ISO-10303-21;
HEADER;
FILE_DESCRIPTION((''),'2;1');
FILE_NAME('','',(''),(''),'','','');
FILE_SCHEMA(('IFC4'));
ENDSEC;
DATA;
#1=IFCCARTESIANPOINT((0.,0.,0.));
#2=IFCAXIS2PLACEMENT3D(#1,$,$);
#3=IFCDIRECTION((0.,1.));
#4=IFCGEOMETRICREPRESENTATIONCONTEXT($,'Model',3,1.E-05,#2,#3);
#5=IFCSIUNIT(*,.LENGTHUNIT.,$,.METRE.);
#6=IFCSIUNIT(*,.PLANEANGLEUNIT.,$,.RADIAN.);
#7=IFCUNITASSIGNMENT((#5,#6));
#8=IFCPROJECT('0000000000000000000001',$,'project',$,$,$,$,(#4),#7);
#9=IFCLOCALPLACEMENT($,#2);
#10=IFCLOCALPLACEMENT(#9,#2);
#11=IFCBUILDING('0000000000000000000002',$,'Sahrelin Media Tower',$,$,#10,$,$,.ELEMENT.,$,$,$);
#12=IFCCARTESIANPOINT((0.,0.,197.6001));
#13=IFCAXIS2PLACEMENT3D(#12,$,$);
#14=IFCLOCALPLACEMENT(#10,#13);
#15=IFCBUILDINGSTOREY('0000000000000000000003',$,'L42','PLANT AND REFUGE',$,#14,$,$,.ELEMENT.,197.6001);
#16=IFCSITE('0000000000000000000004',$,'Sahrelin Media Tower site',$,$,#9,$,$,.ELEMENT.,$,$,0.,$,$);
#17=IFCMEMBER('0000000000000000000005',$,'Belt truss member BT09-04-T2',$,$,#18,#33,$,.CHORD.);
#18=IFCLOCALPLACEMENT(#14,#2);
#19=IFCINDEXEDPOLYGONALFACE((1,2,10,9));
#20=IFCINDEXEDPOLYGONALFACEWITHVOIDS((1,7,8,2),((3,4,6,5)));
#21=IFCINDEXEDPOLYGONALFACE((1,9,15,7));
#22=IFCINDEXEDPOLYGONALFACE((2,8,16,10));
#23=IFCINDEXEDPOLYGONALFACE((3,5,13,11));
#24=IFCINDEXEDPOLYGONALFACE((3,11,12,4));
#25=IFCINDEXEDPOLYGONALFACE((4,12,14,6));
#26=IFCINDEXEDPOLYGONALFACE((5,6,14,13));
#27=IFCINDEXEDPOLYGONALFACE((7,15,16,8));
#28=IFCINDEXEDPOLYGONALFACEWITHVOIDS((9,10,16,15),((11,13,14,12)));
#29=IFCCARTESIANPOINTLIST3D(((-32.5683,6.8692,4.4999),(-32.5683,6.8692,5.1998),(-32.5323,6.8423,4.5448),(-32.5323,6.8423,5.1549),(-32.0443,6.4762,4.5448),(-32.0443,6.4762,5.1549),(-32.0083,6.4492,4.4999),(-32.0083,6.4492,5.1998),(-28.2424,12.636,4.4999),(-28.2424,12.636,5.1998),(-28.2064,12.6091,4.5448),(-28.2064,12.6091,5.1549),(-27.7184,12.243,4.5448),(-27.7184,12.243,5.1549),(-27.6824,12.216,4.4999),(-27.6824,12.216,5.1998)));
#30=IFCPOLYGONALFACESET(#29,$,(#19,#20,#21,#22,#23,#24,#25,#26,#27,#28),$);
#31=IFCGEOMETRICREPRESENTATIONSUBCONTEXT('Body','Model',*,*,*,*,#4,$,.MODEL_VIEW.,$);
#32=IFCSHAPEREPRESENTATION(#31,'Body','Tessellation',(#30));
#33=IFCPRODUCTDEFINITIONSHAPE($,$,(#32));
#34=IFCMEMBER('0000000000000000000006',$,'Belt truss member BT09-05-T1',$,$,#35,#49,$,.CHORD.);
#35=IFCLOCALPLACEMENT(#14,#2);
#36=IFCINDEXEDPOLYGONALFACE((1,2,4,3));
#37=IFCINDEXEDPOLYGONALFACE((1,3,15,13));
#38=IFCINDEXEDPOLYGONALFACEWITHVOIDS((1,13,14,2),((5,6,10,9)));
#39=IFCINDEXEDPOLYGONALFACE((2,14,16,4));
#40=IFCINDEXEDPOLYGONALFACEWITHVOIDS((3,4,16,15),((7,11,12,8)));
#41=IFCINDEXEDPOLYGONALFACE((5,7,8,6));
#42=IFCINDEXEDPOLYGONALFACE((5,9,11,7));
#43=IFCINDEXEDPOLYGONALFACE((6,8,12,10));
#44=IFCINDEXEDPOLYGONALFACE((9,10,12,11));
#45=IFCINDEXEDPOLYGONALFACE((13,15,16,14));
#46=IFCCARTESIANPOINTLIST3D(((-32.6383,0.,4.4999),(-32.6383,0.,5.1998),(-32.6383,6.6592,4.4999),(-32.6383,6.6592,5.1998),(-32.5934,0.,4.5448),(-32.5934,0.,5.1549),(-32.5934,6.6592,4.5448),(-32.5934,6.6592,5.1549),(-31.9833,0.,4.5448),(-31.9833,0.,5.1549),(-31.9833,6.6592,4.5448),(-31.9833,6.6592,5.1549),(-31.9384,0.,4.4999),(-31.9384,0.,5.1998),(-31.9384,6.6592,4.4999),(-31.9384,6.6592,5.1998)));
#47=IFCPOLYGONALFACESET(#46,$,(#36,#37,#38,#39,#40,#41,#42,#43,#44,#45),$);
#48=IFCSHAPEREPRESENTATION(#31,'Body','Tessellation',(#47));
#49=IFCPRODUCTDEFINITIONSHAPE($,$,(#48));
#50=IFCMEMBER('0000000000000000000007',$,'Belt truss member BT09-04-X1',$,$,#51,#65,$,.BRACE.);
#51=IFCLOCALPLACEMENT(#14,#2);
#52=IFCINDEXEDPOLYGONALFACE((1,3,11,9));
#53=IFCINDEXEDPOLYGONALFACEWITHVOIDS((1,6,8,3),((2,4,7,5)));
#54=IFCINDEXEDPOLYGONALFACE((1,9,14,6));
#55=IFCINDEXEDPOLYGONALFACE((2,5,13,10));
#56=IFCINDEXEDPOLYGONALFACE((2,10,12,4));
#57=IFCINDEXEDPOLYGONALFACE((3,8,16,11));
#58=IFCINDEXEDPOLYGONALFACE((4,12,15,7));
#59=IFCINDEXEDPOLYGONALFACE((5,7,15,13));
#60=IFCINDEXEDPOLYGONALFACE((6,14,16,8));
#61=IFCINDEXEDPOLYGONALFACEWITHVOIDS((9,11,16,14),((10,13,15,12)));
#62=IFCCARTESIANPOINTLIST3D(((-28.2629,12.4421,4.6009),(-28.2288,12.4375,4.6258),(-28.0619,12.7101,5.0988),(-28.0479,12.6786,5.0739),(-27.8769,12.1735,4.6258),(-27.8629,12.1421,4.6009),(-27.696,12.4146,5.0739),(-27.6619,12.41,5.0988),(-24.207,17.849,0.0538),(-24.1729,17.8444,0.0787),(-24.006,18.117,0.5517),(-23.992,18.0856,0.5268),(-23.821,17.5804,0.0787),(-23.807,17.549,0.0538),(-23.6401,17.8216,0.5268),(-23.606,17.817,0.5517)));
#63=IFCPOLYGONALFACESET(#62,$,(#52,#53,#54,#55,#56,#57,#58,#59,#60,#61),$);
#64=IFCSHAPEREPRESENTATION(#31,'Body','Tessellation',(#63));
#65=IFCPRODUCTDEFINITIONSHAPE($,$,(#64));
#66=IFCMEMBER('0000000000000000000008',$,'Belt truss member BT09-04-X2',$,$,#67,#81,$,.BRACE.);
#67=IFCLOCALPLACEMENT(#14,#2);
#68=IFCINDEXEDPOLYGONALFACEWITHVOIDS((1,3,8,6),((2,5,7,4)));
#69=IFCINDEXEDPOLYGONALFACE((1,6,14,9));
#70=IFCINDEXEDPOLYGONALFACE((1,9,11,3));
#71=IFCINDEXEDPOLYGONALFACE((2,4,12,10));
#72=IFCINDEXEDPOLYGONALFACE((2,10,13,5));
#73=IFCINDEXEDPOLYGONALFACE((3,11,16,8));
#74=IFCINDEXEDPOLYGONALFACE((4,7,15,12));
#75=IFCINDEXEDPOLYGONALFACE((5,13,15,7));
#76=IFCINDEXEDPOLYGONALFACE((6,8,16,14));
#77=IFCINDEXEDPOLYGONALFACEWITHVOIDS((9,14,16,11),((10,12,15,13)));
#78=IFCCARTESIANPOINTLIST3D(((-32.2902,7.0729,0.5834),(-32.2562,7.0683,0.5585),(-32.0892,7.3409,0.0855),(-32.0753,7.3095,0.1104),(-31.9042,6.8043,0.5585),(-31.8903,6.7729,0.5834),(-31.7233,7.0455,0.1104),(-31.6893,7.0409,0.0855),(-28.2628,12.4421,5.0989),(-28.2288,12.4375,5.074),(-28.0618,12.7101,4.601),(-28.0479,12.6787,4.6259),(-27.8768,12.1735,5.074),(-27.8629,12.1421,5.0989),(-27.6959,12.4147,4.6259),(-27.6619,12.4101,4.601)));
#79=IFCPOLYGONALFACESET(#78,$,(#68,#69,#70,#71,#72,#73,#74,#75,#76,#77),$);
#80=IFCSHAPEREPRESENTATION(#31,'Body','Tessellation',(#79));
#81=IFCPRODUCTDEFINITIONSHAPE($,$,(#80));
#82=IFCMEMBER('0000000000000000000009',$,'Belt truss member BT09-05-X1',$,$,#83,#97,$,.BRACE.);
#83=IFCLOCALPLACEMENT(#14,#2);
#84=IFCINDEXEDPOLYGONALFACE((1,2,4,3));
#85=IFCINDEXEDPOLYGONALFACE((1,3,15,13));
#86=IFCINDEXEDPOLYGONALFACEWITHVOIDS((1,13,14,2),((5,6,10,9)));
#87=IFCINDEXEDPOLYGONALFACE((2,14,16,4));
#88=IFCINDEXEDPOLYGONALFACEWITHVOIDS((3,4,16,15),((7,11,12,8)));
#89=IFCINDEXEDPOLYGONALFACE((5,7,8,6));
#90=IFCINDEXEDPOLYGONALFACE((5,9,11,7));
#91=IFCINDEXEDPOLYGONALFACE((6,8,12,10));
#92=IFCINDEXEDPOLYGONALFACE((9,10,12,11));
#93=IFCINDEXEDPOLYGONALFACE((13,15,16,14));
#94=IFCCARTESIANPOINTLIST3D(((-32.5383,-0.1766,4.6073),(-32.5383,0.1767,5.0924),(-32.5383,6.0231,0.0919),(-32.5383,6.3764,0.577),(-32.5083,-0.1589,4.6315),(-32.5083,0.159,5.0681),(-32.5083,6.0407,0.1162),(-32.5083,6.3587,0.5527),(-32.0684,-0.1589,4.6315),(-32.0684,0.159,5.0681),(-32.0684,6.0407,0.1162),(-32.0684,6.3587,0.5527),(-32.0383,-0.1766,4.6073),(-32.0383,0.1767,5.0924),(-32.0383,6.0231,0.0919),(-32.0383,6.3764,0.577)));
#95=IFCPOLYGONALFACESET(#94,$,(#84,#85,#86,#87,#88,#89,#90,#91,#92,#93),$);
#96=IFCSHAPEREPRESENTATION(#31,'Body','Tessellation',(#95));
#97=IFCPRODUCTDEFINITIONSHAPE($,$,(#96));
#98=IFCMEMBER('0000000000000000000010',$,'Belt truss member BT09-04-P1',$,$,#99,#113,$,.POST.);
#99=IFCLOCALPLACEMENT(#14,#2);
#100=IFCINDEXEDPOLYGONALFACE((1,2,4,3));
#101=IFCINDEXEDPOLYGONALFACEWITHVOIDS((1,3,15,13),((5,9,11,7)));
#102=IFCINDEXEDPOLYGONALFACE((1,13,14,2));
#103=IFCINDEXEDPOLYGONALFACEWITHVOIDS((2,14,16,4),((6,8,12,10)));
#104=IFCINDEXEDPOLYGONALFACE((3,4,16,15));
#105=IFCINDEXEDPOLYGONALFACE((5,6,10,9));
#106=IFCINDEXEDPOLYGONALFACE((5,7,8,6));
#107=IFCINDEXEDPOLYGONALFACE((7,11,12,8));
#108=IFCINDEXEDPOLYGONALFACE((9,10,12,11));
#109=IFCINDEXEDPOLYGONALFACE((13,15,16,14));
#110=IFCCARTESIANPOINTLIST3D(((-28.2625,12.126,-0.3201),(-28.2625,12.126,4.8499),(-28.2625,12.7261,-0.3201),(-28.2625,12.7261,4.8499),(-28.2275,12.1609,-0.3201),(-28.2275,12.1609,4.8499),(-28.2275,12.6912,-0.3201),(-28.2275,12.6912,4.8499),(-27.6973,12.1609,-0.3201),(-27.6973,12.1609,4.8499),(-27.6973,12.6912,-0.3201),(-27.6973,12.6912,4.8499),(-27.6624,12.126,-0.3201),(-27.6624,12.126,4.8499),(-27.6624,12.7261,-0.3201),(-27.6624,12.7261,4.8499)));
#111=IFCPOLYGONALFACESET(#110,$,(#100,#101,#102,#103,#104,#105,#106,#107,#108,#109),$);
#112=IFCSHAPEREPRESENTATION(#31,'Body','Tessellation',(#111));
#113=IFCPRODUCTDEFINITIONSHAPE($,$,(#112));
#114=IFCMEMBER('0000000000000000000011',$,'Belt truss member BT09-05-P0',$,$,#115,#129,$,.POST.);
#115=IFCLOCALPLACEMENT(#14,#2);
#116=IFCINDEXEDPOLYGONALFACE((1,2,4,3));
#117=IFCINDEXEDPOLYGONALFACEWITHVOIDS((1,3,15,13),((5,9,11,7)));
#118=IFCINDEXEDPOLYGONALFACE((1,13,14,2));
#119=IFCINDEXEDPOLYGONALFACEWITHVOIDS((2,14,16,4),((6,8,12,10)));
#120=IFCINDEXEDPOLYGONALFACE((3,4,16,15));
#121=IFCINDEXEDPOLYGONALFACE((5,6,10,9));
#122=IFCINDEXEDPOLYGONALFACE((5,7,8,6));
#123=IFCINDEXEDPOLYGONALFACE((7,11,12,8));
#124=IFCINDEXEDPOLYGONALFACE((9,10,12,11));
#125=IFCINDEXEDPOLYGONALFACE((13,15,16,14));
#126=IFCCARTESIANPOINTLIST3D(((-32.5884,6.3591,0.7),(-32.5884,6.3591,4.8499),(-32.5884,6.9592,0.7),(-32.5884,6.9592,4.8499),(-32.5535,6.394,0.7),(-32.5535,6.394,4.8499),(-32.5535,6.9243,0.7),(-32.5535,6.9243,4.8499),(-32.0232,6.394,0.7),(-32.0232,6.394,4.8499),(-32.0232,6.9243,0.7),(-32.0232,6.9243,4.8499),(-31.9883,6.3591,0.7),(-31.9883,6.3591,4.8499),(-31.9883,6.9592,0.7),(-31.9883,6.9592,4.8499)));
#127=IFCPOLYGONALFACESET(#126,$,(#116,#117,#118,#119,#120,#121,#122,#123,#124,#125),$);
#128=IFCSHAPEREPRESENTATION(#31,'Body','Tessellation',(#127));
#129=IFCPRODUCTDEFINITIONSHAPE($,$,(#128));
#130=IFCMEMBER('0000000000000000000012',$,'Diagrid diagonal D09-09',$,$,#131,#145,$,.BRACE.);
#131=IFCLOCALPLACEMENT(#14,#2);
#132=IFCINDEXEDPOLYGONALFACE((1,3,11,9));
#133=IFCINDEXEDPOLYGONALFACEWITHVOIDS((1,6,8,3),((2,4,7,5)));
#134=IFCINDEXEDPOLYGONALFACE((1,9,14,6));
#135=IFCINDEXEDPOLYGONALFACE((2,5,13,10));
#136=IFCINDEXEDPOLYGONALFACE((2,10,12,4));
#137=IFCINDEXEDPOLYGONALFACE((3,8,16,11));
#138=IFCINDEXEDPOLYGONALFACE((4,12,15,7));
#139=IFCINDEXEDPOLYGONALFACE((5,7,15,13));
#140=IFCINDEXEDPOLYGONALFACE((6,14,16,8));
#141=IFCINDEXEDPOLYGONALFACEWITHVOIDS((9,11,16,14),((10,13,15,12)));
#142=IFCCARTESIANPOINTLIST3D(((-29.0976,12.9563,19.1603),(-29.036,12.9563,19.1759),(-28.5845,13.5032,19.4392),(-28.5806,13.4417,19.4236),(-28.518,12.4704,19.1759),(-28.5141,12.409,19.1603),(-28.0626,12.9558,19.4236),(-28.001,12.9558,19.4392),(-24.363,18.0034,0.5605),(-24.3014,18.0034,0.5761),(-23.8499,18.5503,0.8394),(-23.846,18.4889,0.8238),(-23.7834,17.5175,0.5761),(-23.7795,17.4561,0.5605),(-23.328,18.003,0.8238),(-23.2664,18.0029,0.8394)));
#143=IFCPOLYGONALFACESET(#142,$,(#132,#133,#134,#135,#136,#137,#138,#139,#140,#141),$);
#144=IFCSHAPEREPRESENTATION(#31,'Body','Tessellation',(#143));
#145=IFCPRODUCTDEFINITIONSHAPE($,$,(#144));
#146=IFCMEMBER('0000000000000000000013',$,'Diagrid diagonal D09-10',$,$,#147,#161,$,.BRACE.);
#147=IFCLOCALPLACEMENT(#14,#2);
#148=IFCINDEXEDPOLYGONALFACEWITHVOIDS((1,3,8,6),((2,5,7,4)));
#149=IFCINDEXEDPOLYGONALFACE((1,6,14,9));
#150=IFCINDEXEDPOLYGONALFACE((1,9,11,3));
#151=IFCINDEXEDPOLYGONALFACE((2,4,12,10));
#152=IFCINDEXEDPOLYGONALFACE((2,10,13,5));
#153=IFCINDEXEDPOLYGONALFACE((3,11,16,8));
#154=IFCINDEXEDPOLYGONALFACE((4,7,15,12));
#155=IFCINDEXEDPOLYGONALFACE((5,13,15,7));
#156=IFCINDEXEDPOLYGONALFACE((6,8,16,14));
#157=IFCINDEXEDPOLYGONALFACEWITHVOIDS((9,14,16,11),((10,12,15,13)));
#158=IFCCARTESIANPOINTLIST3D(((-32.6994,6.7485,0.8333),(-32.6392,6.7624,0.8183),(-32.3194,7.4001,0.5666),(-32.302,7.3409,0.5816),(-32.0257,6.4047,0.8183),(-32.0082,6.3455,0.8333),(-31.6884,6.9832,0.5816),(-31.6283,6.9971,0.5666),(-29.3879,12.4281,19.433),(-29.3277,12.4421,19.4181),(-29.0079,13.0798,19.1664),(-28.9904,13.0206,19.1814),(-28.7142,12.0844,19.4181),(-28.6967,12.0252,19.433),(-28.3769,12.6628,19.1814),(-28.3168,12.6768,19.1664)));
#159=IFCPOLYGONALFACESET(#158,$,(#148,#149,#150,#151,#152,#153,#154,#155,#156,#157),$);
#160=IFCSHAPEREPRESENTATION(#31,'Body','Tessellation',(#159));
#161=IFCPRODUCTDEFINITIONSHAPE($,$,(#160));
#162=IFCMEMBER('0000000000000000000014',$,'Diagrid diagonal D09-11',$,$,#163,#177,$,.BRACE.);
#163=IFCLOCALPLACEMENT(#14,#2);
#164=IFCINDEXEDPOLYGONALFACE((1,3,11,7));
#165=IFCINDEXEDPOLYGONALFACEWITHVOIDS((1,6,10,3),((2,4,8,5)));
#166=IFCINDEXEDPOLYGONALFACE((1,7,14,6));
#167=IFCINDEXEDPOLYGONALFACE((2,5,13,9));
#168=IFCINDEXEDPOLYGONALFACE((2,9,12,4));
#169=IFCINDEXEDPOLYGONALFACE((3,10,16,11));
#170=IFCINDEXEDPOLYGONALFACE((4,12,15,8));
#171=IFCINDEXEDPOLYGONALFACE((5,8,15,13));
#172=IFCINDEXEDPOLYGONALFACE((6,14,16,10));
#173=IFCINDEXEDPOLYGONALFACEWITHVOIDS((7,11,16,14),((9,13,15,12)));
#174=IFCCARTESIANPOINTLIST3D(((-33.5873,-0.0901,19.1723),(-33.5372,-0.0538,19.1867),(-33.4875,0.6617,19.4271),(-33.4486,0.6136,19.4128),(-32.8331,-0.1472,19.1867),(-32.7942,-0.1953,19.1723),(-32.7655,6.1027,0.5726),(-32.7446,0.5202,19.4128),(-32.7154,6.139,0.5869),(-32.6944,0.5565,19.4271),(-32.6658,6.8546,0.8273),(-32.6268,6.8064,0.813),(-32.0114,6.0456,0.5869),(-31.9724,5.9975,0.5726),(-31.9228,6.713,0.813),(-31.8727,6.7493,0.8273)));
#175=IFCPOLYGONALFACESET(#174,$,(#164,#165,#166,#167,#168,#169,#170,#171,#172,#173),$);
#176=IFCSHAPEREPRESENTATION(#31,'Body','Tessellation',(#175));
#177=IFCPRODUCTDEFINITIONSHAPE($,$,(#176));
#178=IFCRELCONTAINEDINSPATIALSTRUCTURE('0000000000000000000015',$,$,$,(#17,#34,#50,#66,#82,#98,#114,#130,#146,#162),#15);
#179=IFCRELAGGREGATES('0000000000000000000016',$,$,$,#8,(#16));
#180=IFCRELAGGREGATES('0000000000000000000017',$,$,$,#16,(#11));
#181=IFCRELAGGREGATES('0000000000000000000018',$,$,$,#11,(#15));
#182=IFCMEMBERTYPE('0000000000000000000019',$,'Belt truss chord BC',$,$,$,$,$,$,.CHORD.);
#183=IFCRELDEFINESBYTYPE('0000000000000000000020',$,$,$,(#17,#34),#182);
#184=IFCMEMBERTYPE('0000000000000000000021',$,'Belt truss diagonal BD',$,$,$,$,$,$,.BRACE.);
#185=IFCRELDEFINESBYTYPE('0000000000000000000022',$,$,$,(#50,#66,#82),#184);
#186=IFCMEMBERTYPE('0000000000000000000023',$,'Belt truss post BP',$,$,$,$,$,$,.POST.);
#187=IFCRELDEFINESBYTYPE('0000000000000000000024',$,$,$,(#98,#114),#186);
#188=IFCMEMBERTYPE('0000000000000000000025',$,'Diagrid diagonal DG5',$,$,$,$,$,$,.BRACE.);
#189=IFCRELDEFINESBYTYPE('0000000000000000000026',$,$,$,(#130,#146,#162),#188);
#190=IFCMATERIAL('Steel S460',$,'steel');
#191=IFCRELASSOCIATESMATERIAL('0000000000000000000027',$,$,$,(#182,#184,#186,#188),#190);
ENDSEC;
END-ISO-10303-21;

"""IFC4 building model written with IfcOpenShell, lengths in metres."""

from ifc_helpers import new_model, si_unit, direction, frame, origin, origin_2d, place, context, subcontext, project, spatial, hollow_rectangle, extrude, material, material_profile, profile_set, type_object, element, save


model = new_model("IFC4")

# Units and contexts
model_context = context("Model", 3, precision=1e-05, world=origin(), true_north=direction((0.0, 1.0)))
body_context = subcontext(model_context, "Body", "Model", "MODEL_VIEW")
ifc_project = project(units=[si_unit("LENGTHUNIT", "METRE"), si_unit("PLANEANGLEUNIT", "RADIAN")], contexts=[model_context])

# Site, building, storey
site_placement = place(None, origin())
site = spatial("IfcSite", under=ifc_project, at=site_placement, Name="Sahrelin Media Tower site", CompositionType="ELEMENT", RefElevation=0.0)
building_placement = place(site_placement, origin())
building = spatial("IfcBuilding", under=site, at=building_placement, Name="Sahrelin Media Tower", CompositionType="ELEMENT")
storey_placement = place(building_placement, frame((0.0, 0.0, 197.6001)))
storey = spatial("IfcBuildingStorey", under=building, at=storey_placement, Name="L42", Description="PLANT AND REFUGE", CompositionType="ELEMENT", Elevation=197.6001)

# Members
ifc_material_1 = material(Name="Steel S460", Category="steel")
ifc_material_profile_1 = material_profile(ifc_material_1, hollow_rectangle(XDim=0.7, YDim=0.7, WallThickness=0.0449, at=origin_2d()), Name="Belt truss chord BC")
ifc_profile_set_1 = profile_set([ifc_material_profile_1], Name="Steel S460")
member_type_1 = type_object("IfcMemberType", Name="Belt truss chord BC", PredefinedType="CHORD", material=ifc_profile_set_1)
member_1_placement = place(storey_placement, frame((-27.9624, 12.426, 4.8499), z_axis=(-0.60007, -0.799947, 0.0), x_axis=(0.799947, -0.60007, 0.0)))
element("IfcMember", 1, at=member_1_placement, inside=storey, type_object=member_type_1, Name="Belt truss member BT09-04-T2", PredefinedType="CHORD", context=body_context, shape_type="SweptSolid", body=[
    extrude(hollow_rectangle(XDim=0.7, YDim=0.7, WallThickness=0.0449, at=origin_2d()), origin(), (0.0, 0.0, 1.0), 7.209),
])
member_2_placement = place(storey_placement, frame((-32.2883, 6.6592, 4.8499), z_axis=(0.0, -1.0, 0.0), x_axis=(1.0, 0.0, 0.0)))
element("IfcMember", 2, at=member_2_placement, inside=storey, type_object=member_type_1, Name="Belt truss member BT09-05-T1", PredefinedType="CHORD", context=body_context, shape_type="SweptSolid", body=[
    extrude(hollow_rectangle(XDim=0.7, YDim=0.7, WallThickness=0.0449, at=origin_2d()), origin(), (0.0, 0.0, 1.0), 6.6592),
])
ifc_material_profile_2 = material_profile(ifc_material_1, hollow_rectangle(XDim=0.5, YDim=0.6001, WallThickness=0.03, at=origin_2d()), Name="Belt truss diagonal BD")
ifc_profile_set_2 = profile_set([ifc_material_profile_2], Name="Steel S460")
member_type_2 = type_object("IfcMemberType", Name="Belt truss diagonal BD", PredefinedType="BRACE", material=ifc_profile_set_2)
member_3_placement = place(storey_placement, frame((-23.9065, 17.833, 0.3027), z_axis=(-0.497884, -0.663735, 0.558182), x_axis=(0.799952, -0.600064, 0.0)))
element("IfcMember", 3, at=member_3_placement, inside=storey, type_object=member_type_2, Name="Belt truss member BT09-04-X1", PredefinedType="BRACE", context=body_context, shape_type="SweptSolid", body=[
    extrude(hollow_rectangle(XDim=0.5, YDim=0.6001, WallThickness=0.03, at=origin_2d()), origin(), (0.0, 0.0, 1.0), 8.1462),
])
member_4_placement = place(storey_placement, frame((-31.9897, 7.0569, 0.3345), z_axis=(0.497864, 0.663738, 0.558196), x_axis=(-0.799965, 0.600047, 0.0)))
element("IfcMember", 4, at=member_4_placement, inside=storey, type_object=member_type_2, Name="Belt truss member BT09-04-X2", PredefinedType="BRACE", context=body_context, shape_type="SweptSolid", body=[
    extrude(hollow_rectangle(XDim=0.5, YDim=0.6001, WallThickness=0.03, at=origin_2d()), origin(), (0.0, 0.0, 1.0), 8.0894),
])
member_5_placement = place(storey_placement, frame((-32.2883, 6.1997, 0.3345), z_axis=(0.0, -0.808333, 0.588726), x_axis=(1.0, 0.0, 0.0)))
element("IfcMember", 5, at=member_5_placement, inside=storey, type_object=member_type_2, Name="Belt truss member BT09-05-X1", PredefinedType="BRACE", context=body_context, shape_type="SweptSolid", body=[
    extrude(hollow_rectangle(XDim=0.5, YDim=0.6001, WallThickness=0.03, at=origin_2d()), origin(), (0.0, 0.0, 1.0), 7.6697),
])
ifc_material_profile_3 = material_profile(ifc_material_1, hollow_rectangle(XDim=0.6001, YDim=0.6001, WallThickness=0.0349, at=origin_2d()), Name="Belt truss post BP")
ifc_profile_set_3 = profile_set([ifc_material_profile_3], Name="Steel S460")
member_type_3 = type_object("IfcMemberType", Name="Belt truss post BP", PredefinedType="POST", material=ifc_profile_set_3)
member_6_placement = place(storey_placement, frame((-27.9624, 12.426, -0.3201), z_axis=(0.0, 0.0, 1.0), x_axis=(1.0, 0.0, 0.0)))
element("IfcMember", 6, at=member_6_placement, inside=storey, type_object=member_type_3, Name="Belt truss member BT09-04-P1", PredefinedType="POST", context=body_context, shape_type="SweptSolid", body=[
    extrude(hollow_rectangle(XDim=0.6001, YDim=0.6001, WallThickness=0.0349, at=origin_2d()), origin(), (0.0, 0.0, 1.0), 5.1699),
])
member_7_placement = place(storey_placement, frame((-32.2883, 6.6592, 0.7), z_axis=(0.0, 0.0, 1.0), x_axis=(1.0, 0.0, 0.0)))
element("IfcMember", 7, at=member_7_placement, inside=storey, type_object=member_type_3, Name="Belt truss member BT09-05-P0", PredefinedType="POST", context=body_context, shape_type="SweptSolid", body=[
    extrude(hollow_rectangle(XDim=0.6001, YDim=0.6001, WallThickness=0.0349, at=origin_2d()), origin(), (0.0, 0.0, 1.0), 4.1499),
])
ifc_material_profile_4 = material_profile(ifc_material_1, hollow_rectangle(XDim=0.8, YDim=0.8, WallThickness=0.0449, at=origin_2d()), Name="Diagrid diagonal DG5")
ifc_profile_set_4 = profile_set([ifc_material_profile_4], Name="Steel S460")
member_type_4 = type_object("IfcMemberType", Name="Diagrid diagonal DG5", PredefinedType="BRACE", material=ifc_profile_set_4)
member_8_placement = place(storey_placement, frame((-23.8147, 18.0032, 0.7), z_axis=(-0.238574, -0.25432, 0.937232), x_axis=(0.729325, -0.684168, 0.0)))
element("IfcMember", 8, at=member_8_placement, inside=storey, type_object=member_type_4, Name="Diagrid diagonal D09-09", PredefinedType="BRACE", context=body_context, shape_type="SweptSolid", body=[
    extrude(hollow_rectangle(XDim=0.8, YDim=0.8, WallThickness=0.0449, at=origin_2d()), origin(), (0.0, 0.0, 1.0), 19.8455),
])
member_9_placement = place(storey_placement, frame((-32.1638, 6.8728, 0.7), z_axis=(0.167862, 0.287905, 0.942832), x_axis=(-0.863887, 0.503686, 0.0)))
element("IfcMember", 9, at=member_9_placement, inside=storey, type_object=member_type_4, Name="Diagrid diagonal D09-10", PredefinedType="BRACE", context=body_context, shape_type="SweptSolid", body=[
    extrude(hollow_rectangle(XDim=0.8, YDim=0.8, WallThickness=0.0449, at=origin_2d()), origin(), (0.0, 0.0, 1.0), 19.7275),
])
member_10_placement = place(storey_placement, frame((-32.3191, 6.426, 0.7), z_axis=(-0.041883, -0.315626, 0.947959), x_axis=(0.99131, -0.131544, 0.0)))
element("IfcMember", 10, at=member_10_placement, inside=storey, type_object=member_type_4, Name="Diagrid diagonal D09-11", PredefinedType="BRACE", context=body_context, shape_type="SweptSolid", body=[
    extrude(hollow_rectangle(XDim=0.8, YDim=0.8, WallThickness=0.0449, at=origin_2d()), origin(), (0.0, 0.0, 1.0), 19.6208),
])

save(model, "model.ifc")
